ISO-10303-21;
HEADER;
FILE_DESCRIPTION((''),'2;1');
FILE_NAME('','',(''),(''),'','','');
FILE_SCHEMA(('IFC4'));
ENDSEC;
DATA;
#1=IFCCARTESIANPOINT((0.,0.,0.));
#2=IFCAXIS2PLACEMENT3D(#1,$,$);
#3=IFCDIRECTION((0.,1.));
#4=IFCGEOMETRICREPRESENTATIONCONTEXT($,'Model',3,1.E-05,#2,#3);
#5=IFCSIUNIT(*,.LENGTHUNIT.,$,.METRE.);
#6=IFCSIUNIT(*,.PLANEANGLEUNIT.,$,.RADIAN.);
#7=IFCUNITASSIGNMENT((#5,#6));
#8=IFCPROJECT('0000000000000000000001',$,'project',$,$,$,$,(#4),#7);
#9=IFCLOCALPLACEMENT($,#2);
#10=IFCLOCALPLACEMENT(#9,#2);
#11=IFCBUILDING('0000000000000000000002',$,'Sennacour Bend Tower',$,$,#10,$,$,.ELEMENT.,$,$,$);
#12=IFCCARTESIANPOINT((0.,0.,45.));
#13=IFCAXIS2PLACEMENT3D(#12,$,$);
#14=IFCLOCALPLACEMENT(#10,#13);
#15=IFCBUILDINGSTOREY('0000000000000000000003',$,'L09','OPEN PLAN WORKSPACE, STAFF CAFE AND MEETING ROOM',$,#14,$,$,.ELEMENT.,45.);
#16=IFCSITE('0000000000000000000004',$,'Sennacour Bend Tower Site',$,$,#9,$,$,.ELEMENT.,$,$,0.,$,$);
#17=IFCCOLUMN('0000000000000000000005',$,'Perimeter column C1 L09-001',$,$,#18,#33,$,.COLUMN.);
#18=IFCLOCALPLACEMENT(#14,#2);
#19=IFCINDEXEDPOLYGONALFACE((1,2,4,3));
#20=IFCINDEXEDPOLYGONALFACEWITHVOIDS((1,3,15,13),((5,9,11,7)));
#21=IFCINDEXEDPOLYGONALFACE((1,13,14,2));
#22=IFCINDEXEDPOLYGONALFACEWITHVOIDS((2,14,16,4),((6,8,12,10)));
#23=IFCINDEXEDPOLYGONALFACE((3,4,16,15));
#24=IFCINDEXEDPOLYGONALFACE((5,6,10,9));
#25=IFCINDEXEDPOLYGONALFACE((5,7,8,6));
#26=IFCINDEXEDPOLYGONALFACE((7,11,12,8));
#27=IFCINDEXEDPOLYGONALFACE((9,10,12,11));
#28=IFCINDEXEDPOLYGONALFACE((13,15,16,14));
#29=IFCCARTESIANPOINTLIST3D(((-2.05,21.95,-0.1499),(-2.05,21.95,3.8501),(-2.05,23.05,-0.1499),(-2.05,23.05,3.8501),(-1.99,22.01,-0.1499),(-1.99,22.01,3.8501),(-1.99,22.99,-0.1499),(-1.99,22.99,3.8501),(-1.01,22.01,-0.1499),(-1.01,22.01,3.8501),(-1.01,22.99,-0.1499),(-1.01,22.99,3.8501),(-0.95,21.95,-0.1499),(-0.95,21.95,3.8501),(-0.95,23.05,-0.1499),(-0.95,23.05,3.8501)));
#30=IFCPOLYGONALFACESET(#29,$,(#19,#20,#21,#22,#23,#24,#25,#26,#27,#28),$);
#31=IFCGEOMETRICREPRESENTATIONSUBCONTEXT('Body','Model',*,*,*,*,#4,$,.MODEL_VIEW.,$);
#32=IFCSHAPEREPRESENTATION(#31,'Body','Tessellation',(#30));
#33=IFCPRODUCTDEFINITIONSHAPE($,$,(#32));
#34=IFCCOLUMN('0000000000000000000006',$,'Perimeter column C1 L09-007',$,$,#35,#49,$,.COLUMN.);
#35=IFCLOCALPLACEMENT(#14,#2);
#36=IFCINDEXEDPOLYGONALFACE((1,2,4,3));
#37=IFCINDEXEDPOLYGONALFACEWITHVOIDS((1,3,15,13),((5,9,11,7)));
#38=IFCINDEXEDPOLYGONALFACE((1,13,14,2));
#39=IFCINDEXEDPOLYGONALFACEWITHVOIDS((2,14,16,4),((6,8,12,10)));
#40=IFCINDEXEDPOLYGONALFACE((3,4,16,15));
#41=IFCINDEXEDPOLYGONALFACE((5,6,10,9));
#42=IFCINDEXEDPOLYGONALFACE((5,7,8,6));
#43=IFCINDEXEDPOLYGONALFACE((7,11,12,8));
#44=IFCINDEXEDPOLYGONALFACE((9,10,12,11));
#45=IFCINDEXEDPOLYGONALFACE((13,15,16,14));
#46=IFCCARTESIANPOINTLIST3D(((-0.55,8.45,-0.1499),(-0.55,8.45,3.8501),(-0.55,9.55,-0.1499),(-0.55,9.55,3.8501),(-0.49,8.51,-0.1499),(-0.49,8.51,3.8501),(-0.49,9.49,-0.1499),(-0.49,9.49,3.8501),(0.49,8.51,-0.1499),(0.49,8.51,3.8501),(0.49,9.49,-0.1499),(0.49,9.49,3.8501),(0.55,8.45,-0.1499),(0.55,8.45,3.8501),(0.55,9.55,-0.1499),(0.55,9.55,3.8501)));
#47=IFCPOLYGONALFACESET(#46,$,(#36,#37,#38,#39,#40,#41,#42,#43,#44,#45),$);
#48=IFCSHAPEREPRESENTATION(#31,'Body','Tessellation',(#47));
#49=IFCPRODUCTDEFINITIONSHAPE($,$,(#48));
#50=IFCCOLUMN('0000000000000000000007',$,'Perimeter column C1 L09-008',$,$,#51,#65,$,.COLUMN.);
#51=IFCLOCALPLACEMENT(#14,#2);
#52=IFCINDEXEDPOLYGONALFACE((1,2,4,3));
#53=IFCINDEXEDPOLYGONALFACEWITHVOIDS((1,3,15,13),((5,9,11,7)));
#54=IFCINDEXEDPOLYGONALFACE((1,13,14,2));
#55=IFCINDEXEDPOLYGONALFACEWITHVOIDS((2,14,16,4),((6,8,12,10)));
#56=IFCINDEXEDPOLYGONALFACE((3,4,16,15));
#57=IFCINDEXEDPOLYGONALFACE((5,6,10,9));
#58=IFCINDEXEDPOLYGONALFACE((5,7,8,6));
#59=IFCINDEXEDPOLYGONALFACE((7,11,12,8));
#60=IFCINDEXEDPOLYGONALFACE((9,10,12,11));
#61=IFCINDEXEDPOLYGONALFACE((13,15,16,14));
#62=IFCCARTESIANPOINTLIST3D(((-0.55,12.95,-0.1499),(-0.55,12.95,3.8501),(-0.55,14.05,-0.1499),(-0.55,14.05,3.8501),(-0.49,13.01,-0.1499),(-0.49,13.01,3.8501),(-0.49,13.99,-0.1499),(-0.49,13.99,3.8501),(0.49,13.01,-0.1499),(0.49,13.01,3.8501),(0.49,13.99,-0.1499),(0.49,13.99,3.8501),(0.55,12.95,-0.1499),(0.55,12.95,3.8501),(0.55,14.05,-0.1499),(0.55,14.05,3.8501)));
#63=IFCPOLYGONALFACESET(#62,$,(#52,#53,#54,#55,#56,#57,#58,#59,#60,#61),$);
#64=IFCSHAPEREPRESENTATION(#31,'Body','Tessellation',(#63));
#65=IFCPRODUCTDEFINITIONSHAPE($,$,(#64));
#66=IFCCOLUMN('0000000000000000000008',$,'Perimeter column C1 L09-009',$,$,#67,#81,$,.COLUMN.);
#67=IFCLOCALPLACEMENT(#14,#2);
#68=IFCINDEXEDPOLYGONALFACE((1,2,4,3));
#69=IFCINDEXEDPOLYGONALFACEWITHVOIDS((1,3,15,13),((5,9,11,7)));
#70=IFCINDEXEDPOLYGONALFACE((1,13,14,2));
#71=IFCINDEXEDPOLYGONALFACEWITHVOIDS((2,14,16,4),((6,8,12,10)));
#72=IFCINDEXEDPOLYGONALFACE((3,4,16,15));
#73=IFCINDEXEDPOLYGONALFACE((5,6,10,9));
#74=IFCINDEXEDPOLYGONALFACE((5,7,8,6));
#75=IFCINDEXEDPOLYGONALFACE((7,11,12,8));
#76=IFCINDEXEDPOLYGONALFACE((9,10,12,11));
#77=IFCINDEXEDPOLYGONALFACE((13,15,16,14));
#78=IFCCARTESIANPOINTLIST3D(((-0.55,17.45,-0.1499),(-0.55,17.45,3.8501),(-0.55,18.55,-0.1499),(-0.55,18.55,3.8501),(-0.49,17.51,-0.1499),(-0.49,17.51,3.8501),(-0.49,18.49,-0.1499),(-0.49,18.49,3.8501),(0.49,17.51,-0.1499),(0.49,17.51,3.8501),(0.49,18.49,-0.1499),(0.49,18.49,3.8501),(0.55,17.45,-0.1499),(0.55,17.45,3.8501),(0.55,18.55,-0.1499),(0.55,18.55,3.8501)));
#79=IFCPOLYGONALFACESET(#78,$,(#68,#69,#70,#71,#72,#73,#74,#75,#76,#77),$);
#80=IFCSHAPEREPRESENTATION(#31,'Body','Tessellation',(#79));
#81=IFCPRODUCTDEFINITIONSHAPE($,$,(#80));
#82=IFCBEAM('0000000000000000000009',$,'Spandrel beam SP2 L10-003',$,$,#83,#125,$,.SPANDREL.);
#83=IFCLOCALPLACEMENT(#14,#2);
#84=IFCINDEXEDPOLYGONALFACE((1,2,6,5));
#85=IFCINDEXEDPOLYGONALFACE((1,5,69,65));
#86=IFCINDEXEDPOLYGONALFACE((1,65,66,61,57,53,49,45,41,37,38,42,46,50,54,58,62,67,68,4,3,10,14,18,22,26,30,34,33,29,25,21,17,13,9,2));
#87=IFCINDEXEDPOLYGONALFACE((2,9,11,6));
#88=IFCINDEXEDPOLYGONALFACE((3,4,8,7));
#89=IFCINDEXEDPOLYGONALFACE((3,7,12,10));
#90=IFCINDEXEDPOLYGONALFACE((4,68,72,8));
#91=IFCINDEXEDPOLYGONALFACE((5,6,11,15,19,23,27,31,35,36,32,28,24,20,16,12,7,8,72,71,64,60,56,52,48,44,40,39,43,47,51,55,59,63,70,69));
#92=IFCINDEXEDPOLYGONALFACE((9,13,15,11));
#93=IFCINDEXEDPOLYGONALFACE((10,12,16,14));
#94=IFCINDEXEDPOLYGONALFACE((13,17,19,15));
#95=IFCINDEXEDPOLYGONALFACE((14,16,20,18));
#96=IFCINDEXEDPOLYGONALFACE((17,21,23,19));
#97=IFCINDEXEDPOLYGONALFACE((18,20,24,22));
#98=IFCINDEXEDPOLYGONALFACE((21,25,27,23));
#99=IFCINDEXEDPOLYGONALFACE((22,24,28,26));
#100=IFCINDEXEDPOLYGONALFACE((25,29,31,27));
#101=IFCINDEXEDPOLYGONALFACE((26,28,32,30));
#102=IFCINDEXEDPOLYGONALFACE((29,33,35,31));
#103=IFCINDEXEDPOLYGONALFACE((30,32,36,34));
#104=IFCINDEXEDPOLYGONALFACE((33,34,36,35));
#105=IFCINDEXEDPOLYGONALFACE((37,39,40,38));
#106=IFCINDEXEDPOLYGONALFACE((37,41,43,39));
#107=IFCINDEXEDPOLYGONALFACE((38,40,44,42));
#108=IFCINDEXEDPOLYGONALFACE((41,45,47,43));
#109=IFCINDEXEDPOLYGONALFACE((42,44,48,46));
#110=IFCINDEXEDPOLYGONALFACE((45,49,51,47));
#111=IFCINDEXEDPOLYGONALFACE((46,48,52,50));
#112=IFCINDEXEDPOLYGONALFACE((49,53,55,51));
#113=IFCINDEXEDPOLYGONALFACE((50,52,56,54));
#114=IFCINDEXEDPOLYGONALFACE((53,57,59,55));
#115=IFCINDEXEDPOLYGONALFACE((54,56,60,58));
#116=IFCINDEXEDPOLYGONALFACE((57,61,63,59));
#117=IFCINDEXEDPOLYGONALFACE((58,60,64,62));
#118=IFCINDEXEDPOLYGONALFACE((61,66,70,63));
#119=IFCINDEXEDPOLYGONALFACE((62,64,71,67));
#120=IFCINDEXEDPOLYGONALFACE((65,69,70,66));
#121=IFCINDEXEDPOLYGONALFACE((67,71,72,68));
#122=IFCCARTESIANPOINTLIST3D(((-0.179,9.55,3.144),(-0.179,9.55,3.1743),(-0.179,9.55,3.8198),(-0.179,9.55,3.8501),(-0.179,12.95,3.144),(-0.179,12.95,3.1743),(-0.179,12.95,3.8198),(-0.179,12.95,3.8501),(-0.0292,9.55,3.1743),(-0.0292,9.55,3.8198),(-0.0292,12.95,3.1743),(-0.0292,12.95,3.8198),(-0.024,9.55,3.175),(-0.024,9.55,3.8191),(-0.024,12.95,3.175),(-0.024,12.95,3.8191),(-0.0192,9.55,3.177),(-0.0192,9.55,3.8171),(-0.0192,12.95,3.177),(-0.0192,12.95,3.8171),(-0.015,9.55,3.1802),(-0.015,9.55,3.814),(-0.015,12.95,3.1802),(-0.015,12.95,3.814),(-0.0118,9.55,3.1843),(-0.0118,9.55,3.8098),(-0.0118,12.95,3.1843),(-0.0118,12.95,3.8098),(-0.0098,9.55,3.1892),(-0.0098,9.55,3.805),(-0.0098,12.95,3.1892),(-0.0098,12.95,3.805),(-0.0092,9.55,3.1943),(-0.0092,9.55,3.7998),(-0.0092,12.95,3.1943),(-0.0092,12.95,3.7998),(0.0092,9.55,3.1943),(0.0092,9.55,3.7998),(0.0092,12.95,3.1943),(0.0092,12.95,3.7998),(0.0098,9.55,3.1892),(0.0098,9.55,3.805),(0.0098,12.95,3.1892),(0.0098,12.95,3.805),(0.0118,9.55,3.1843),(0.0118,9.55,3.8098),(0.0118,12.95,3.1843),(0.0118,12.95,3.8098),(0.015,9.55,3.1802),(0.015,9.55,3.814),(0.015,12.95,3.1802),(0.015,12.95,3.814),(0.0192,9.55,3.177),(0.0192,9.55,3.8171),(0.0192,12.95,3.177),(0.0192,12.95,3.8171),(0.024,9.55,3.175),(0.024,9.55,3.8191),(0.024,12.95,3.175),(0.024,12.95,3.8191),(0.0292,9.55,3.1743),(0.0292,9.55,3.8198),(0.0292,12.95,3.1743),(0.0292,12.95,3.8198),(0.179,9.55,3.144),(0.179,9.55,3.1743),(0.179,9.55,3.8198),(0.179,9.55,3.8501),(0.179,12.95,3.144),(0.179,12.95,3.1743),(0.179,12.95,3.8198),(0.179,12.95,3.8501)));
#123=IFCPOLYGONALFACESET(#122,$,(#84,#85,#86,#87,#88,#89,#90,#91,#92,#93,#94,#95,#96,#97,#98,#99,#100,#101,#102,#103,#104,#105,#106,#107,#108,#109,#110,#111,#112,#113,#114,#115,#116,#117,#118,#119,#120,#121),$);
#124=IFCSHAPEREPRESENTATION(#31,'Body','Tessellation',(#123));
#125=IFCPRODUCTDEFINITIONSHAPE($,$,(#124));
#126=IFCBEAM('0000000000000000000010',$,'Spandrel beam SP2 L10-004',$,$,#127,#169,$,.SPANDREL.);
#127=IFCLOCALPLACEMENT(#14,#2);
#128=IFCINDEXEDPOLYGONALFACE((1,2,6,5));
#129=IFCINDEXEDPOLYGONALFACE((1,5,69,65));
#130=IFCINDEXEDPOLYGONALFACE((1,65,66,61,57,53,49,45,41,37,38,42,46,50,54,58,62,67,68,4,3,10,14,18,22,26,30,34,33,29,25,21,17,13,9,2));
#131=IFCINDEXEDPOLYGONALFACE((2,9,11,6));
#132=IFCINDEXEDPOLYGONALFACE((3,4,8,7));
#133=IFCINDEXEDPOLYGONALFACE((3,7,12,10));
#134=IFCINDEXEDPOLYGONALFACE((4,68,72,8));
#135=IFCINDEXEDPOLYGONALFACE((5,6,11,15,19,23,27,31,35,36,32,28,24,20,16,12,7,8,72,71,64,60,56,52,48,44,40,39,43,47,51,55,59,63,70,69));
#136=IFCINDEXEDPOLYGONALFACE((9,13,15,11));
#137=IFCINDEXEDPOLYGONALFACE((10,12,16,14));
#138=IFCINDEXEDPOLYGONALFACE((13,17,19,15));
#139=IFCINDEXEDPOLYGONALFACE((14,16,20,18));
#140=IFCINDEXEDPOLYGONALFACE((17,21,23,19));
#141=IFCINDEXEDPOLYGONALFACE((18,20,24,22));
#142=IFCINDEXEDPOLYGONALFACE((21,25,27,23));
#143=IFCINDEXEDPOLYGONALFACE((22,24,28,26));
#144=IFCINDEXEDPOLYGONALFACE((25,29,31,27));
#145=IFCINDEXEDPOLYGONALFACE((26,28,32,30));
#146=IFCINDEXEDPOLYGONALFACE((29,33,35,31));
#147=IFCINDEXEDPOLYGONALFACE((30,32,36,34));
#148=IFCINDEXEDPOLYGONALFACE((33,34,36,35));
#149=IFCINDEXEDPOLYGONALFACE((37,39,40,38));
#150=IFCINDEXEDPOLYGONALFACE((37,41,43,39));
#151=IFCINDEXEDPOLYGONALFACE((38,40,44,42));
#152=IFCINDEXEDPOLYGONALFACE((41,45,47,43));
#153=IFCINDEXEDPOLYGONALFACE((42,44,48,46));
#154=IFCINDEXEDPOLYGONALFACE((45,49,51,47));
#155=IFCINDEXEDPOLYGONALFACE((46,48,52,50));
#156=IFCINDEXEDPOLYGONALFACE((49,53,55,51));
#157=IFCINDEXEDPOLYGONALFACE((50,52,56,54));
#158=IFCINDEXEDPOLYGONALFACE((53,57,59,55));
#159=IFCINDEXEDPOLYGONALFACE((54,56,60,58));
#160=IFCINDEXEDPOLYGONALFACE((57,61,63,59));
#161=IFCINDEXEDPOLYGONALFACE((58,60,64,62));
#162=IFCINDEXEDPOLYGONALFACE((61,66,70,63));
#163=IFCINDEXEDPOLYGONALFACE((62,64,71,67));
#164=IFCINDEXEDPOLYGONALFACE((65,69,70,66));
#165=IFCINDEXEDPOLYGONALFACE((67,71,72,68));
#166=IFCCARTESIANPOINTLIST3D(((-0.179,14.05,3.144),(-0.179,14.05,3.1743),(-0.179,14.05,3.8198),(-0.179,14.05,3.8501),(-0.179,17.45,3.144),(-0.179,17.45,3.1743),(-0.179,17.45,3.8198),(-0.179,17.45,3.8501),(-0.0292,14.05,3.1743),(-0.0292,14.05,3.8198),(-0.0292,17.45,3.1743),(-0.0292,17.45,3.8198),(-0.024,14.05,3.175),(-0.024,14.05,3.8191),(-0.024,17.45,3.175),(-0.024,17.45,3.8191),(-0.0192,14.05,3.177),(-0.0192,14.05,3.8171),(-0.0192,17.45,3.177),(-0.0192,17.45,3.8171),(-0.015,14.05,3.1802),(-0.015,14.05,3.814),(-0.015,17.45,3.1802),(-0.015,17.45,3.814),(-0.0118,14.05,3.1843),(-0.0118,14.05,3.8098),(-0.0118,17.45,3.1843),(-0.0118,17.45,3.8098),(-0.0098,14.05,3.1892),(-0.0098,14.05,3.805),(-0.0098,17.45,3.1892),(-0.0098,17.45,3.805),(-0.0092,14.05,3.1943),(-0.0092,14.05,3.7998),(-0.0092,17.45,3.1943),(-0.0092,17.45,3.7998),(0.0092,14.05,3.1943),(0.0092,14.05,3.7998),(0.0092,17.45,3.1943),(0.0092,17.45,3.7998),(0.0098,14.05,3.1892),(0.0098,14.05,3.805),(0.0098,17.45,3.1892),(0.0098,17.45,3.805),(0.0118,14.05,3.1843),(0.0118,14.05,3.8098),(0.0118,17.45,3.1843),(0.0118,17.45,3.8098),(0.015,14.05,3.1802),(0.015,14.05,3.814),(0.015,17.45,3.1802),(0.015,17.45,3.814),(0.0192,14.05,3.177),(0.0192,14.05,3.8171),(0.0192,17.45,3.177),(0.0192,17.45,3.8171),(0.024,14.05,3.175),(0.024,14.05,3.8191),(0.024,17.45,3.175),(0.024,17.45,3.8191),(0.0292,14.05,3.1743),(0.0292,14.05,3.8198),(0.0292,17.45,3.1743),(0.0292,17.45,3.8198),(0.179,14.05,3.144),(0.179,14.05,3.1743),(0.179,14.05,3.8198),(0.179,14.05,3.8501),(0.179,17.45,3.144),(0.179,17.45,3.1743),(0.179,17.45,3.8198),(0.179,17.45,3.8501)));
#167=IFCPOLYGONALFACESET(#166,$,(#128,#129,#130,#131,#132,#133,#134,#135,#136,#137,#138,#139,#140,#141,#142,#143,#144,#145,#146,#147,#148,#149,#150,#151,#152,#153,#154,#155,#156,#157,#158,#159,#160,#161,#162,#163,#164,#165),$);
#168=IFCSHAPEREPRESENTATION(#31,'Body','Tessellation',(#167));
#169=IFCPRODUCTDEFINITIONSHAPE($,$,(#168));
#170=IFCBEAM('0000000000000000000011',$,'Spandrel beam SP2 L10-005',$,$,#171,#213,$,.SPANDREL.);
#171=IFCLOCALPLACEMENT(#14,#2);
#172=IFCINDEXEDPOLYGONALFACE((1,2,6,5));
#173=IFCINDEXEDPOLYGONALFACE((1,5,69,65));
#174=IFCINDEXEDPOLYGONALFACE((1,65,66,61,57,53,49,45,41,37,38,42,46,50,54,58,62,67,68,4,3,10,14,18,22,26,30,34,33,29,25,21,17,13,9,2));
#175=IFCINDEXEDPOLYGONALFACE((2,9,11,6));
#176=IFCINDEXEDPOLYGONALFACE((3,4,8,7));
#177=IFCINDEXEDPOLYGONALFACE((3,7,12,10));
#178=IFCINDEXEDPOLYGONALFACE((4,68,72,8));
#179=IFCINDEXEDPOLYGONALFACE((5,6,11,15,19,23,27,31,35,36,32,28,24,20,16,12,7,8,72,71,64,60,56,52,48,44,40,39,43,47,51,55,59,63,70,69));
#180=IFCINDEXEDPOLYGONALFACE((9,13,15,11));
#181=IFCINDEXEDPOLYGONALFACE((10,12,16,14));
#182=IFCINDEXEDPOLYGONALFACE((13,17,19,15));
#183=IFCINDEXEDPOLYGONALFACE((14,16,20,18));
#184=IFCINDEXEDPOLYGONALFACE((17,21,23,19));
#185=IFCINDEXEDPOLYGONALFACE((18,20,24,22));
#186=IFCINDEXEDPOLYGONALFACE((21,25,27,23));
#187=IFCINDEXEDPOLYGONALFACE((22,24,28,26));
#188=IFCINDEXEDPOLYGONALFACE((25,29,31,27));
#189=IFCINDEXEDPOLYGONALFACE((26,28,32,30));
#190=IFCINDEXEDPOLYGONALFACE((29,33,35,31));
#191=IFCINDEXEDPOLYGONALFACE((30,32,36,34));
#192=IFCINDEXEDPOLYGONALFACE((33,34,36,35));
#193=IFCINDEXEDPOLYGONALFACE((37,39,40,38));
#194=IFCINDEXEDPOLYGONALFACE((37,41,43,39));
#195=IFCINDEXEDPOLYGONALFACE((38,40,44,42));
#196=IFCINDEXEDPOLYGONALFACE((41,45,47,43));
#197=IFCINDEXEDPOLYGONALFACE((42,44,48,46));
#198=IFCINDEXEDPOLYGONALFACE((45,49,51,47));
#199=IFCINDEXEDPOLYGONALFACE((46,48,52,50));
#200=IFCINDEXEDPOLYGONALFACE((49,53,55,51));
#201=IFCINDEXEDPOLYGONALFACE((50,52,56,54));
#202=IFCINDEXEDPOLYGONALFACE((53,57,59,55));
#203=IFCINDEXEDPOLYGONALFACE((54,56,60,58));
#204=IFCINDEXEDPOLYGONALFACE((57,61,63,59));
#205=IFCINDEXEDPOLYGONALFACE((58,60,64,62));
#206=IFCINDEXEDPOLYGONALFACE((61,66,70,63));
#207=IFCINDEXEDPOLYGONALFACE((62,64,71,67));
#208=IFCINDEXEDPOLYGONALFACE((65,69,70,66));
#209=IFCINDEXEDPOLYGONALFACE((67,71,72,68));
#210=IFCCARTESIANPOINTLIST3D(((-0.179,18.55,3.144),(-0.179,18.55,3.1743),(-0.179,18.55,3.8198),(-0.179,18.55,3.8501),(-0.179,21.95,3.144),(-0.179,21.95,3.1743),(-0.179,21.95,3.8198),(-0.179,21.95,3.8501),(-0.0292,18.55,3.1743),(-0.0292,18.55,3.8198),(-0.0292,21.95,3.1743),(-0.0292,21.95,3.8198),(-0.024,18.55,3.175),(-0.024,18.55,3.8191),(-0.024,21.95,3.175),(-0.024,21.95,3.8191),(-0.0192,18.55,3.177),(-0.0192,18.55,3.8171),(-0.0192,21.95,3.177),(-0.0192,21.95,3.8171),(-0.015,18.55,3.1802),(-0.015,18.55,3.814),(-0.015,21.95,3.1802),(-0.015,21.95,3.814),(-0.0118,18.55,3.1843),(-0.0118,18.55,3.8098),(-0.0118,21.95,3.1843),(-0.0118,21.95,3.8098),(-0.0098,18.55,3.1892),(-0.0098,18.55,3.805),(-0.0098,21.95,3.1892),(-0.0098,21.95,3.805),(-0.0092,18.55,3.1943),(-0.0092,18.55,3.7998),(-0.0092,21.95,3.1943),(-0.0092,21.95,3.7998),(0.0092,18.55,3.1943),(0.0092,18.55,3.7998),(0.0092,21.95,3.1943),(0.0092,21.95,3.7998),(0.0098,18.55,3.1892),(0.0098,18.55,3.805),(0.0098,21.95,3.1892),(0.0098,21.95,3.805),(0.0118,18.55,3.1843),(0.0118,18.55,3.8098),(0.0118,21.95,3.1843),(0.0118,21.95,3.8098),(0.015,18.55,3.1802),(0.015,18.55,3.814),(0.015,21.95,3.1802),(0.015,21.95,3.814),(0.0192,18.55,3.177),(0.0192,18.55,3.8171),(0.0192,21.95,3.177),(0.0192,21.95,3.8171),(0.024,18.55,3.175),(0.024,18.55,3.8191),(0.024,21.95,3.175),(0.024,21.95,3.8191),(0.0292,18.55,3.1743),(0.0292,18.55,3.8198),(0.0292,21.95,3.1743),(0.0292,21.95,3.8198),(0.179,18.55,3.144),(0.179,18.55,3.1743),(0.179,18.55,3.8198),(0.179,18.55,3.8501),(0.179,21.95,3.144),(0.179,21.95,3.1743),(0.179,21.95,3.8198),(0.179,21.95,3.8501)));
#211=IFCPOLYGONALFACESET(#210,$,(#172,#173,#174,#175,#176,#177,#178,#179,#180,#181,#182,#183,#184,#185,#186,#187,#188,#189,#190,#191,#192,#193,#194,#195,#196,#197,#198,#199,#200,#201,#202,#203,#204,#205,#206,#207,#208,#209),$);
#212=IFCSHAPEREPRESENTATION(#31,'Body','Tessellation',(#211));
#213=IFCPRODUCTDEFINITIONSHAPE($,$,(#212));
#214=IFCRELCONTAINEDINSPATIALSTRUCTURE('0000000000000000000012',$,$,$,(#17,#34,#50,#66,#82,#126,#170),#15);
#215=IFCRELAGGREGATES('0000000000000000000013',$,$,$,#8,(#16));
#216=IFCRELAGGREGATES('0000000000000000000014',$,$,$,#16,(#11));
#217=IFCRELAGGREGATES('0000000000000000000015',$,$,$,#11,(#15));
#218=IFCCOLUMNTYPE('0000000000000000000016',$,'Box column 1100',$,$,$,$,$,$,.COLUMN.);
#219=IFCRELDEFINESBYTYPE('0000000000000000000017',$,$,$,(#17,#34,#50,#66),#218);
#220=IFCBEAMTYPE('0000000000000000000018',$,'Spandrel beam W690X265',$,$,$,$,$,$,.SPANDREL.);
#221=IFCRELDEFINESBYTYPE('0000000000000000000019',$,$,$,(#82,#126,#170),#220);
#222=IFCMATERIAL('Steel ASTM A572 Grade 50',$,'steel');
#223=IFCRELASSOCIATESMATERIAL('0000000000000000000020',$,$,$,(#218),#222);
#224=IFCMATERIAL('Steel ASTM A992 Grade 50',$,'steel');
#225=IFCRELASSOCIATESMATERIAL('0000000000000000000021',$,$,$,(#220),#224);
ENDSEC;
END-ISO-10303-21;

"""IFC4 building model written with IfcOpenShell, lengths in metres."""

from ifc_helpers import new_model, si_unit, direction, frame, origin, origin_2d, place, context, subcontext, project, spatial, hollow_rectangle, i_section, extrude, material, material_profile, profile_set, type_object, element, save


model = new_model("IFC4")

# Units and contexts
model_context = context("Model", 3, precision=1e-05, world=origin(), true_north=direction((0.0, 1.0)))
body_context = subcontext(model_context, "Body", "Model", "MODEL_VIEW")
ifc_project = project(units=[si_unit("LENGTHUNIT", "METRE"), si_unit("PLANEANGLEUNIT", "RADIAN")], contexts=[model_context])

# Site, building, storey
site_placement = place(None, origin())
site = spatial("IfcSite", under=ifc_project, at=site_placement, Name="Sennacour Bend Tower Site", CompositionType="ELEMENT", RefElevation=0.0)
building_placement = place(site_placement, origin())
building = spatial("IfcBuilding", under=site, at=building_placement, Name="Sennacour Bend Tower", CompositionType="ELEMENT")
storey_placement = place(building_placement, frame((0.0, 0.0, 45.0)))
storey = spatial("IfcBuildingStorey", under=building, at=storey_placement, Name="L09", Description="OPEN PLAN WORKSPACE, STAFF CAFE AND MEETING ROOM", CompositionType="ELEMENT", Elevation=45.0)

# Columns
ifc_material_1 = material(Name="Steel ASTM A572 Grade 50", Category="steel")
ifc_material_profile_1 = material_profile(ifc_material_1, hollow_rectangle(XDim=1.1001, YDim=1.1001, WallThickness=0.0601, at=origin_2d()), Name="Steel ASTM A572 Grade 50", Category="steel")
ifc_profile_set_1 = profile_set([ifc_material_profile_1], Name="Steel ASTM A572 Grade 50")
column_type = type_object("IfcColumnType", Name="Box column 1100", PredefinedType="COLUMN", material=ifc_profile_set_1)
for number, where, z_axis, x_axis, name in (
    (1, (-1.5, 22.5, -0.1499), (0.0, 0.0, 1.0), (1.0, 0.0, 0.0), "Perimeter column C1 L09-001"),
    (2, (0.0, 9.0, -0.1499), (0.0, 0.0, 1.0), (1.0, 0.0, 0.0), "Perimeter column C1 L09-007"),
    (3, (0.0, 13.5, -0.1499), (0.0, 0.0, 1.0), (1.0, 0.0, 0.0), "Perimeter column C1 L09-008"),
    (4, (0.0, 18.0, -0.1499), (0.0, 0.0, 1.0), (1.0, 0.0, 0.0), "Perimeter column C1 L09-009"),
):
    element("IfcColumn", number, at=place(storey_placement, frame(where, z_axis=z_axis, x_axis=x_axis)), inside=storey, type_object=column_type, Name=name, PredefinedType="COLUMN", context=body_context, shape_type="SweptSolid", body=[
        extrude(hollow_rectangle(XDim=1.1001, YDim=1.1001, WallThickness=0.0601, at=origin_2d()), origin(), (0.0, 0.0, 1.0), 4.0),
    ])

# Beams
ifc_material_2 = material(Name="Steel ASTM A992 Grade 50", Category="steel")
ifc_material_profile_2 = material_profile(ifc_material_2, i_section(OverallWidth=0.3579, OverallDepth=0.7061, WebThickness=0.0183, FlangeThickness=0.0303, FilletRadius=0.02, at=origin_2d()), Name="Steel ASTM A992 Grade 50", Category="steel")
ifc_profile_set_2 = profile_set([ifc_material_profile_2], Name="Steel ASTM A992 Grade 50")
beam_type = type_object("IfcBeamType", Name="Spandrel beam W690X265", PredefinedType="SPANDREL", material=ifc_profile_set_2)
for number, where, z_axis, x_axis, name in (
    (5, (0.0, 9.55, 3.4971), (0.0, 1.0, 0.0), (-1.0, 0.0, 0.0), "Spandrel beam SP2 L10-003"),
    (6, (0.0, 14.05, 3.4971), (0.0, 1.0, 0.0), (-1.0, 0.0, 0.0), "Spandrel beam SP2 L10-004"),
    (7, (0.0, 18.55, 3.4971), (0.0, 1.0, 0.0), (-1.0, 0.0, 0.0), "Spandrel beam SP2 L10-005"),
):
    element("IfcBeam", number, at=place(storey_placement, frame(where, z_axis=z_axis, x_axis=x_axis)), inside=storey, type_object=beam_type, Name=name, PredefinedType="SPANDREL", context=body_context, shape_type="SweptSolid", body=[
        extrude(i_section(OverallWidth=0.3579, OverallDepth=0.7061, WebThickness=0.0183, FlangeThickness=0.0303, FilletRadius=0.02, at=origin_2d()), origin(), (0.0, 0.0, 1.0), 3.3999),
    ])

save(model, "model.ifc")
